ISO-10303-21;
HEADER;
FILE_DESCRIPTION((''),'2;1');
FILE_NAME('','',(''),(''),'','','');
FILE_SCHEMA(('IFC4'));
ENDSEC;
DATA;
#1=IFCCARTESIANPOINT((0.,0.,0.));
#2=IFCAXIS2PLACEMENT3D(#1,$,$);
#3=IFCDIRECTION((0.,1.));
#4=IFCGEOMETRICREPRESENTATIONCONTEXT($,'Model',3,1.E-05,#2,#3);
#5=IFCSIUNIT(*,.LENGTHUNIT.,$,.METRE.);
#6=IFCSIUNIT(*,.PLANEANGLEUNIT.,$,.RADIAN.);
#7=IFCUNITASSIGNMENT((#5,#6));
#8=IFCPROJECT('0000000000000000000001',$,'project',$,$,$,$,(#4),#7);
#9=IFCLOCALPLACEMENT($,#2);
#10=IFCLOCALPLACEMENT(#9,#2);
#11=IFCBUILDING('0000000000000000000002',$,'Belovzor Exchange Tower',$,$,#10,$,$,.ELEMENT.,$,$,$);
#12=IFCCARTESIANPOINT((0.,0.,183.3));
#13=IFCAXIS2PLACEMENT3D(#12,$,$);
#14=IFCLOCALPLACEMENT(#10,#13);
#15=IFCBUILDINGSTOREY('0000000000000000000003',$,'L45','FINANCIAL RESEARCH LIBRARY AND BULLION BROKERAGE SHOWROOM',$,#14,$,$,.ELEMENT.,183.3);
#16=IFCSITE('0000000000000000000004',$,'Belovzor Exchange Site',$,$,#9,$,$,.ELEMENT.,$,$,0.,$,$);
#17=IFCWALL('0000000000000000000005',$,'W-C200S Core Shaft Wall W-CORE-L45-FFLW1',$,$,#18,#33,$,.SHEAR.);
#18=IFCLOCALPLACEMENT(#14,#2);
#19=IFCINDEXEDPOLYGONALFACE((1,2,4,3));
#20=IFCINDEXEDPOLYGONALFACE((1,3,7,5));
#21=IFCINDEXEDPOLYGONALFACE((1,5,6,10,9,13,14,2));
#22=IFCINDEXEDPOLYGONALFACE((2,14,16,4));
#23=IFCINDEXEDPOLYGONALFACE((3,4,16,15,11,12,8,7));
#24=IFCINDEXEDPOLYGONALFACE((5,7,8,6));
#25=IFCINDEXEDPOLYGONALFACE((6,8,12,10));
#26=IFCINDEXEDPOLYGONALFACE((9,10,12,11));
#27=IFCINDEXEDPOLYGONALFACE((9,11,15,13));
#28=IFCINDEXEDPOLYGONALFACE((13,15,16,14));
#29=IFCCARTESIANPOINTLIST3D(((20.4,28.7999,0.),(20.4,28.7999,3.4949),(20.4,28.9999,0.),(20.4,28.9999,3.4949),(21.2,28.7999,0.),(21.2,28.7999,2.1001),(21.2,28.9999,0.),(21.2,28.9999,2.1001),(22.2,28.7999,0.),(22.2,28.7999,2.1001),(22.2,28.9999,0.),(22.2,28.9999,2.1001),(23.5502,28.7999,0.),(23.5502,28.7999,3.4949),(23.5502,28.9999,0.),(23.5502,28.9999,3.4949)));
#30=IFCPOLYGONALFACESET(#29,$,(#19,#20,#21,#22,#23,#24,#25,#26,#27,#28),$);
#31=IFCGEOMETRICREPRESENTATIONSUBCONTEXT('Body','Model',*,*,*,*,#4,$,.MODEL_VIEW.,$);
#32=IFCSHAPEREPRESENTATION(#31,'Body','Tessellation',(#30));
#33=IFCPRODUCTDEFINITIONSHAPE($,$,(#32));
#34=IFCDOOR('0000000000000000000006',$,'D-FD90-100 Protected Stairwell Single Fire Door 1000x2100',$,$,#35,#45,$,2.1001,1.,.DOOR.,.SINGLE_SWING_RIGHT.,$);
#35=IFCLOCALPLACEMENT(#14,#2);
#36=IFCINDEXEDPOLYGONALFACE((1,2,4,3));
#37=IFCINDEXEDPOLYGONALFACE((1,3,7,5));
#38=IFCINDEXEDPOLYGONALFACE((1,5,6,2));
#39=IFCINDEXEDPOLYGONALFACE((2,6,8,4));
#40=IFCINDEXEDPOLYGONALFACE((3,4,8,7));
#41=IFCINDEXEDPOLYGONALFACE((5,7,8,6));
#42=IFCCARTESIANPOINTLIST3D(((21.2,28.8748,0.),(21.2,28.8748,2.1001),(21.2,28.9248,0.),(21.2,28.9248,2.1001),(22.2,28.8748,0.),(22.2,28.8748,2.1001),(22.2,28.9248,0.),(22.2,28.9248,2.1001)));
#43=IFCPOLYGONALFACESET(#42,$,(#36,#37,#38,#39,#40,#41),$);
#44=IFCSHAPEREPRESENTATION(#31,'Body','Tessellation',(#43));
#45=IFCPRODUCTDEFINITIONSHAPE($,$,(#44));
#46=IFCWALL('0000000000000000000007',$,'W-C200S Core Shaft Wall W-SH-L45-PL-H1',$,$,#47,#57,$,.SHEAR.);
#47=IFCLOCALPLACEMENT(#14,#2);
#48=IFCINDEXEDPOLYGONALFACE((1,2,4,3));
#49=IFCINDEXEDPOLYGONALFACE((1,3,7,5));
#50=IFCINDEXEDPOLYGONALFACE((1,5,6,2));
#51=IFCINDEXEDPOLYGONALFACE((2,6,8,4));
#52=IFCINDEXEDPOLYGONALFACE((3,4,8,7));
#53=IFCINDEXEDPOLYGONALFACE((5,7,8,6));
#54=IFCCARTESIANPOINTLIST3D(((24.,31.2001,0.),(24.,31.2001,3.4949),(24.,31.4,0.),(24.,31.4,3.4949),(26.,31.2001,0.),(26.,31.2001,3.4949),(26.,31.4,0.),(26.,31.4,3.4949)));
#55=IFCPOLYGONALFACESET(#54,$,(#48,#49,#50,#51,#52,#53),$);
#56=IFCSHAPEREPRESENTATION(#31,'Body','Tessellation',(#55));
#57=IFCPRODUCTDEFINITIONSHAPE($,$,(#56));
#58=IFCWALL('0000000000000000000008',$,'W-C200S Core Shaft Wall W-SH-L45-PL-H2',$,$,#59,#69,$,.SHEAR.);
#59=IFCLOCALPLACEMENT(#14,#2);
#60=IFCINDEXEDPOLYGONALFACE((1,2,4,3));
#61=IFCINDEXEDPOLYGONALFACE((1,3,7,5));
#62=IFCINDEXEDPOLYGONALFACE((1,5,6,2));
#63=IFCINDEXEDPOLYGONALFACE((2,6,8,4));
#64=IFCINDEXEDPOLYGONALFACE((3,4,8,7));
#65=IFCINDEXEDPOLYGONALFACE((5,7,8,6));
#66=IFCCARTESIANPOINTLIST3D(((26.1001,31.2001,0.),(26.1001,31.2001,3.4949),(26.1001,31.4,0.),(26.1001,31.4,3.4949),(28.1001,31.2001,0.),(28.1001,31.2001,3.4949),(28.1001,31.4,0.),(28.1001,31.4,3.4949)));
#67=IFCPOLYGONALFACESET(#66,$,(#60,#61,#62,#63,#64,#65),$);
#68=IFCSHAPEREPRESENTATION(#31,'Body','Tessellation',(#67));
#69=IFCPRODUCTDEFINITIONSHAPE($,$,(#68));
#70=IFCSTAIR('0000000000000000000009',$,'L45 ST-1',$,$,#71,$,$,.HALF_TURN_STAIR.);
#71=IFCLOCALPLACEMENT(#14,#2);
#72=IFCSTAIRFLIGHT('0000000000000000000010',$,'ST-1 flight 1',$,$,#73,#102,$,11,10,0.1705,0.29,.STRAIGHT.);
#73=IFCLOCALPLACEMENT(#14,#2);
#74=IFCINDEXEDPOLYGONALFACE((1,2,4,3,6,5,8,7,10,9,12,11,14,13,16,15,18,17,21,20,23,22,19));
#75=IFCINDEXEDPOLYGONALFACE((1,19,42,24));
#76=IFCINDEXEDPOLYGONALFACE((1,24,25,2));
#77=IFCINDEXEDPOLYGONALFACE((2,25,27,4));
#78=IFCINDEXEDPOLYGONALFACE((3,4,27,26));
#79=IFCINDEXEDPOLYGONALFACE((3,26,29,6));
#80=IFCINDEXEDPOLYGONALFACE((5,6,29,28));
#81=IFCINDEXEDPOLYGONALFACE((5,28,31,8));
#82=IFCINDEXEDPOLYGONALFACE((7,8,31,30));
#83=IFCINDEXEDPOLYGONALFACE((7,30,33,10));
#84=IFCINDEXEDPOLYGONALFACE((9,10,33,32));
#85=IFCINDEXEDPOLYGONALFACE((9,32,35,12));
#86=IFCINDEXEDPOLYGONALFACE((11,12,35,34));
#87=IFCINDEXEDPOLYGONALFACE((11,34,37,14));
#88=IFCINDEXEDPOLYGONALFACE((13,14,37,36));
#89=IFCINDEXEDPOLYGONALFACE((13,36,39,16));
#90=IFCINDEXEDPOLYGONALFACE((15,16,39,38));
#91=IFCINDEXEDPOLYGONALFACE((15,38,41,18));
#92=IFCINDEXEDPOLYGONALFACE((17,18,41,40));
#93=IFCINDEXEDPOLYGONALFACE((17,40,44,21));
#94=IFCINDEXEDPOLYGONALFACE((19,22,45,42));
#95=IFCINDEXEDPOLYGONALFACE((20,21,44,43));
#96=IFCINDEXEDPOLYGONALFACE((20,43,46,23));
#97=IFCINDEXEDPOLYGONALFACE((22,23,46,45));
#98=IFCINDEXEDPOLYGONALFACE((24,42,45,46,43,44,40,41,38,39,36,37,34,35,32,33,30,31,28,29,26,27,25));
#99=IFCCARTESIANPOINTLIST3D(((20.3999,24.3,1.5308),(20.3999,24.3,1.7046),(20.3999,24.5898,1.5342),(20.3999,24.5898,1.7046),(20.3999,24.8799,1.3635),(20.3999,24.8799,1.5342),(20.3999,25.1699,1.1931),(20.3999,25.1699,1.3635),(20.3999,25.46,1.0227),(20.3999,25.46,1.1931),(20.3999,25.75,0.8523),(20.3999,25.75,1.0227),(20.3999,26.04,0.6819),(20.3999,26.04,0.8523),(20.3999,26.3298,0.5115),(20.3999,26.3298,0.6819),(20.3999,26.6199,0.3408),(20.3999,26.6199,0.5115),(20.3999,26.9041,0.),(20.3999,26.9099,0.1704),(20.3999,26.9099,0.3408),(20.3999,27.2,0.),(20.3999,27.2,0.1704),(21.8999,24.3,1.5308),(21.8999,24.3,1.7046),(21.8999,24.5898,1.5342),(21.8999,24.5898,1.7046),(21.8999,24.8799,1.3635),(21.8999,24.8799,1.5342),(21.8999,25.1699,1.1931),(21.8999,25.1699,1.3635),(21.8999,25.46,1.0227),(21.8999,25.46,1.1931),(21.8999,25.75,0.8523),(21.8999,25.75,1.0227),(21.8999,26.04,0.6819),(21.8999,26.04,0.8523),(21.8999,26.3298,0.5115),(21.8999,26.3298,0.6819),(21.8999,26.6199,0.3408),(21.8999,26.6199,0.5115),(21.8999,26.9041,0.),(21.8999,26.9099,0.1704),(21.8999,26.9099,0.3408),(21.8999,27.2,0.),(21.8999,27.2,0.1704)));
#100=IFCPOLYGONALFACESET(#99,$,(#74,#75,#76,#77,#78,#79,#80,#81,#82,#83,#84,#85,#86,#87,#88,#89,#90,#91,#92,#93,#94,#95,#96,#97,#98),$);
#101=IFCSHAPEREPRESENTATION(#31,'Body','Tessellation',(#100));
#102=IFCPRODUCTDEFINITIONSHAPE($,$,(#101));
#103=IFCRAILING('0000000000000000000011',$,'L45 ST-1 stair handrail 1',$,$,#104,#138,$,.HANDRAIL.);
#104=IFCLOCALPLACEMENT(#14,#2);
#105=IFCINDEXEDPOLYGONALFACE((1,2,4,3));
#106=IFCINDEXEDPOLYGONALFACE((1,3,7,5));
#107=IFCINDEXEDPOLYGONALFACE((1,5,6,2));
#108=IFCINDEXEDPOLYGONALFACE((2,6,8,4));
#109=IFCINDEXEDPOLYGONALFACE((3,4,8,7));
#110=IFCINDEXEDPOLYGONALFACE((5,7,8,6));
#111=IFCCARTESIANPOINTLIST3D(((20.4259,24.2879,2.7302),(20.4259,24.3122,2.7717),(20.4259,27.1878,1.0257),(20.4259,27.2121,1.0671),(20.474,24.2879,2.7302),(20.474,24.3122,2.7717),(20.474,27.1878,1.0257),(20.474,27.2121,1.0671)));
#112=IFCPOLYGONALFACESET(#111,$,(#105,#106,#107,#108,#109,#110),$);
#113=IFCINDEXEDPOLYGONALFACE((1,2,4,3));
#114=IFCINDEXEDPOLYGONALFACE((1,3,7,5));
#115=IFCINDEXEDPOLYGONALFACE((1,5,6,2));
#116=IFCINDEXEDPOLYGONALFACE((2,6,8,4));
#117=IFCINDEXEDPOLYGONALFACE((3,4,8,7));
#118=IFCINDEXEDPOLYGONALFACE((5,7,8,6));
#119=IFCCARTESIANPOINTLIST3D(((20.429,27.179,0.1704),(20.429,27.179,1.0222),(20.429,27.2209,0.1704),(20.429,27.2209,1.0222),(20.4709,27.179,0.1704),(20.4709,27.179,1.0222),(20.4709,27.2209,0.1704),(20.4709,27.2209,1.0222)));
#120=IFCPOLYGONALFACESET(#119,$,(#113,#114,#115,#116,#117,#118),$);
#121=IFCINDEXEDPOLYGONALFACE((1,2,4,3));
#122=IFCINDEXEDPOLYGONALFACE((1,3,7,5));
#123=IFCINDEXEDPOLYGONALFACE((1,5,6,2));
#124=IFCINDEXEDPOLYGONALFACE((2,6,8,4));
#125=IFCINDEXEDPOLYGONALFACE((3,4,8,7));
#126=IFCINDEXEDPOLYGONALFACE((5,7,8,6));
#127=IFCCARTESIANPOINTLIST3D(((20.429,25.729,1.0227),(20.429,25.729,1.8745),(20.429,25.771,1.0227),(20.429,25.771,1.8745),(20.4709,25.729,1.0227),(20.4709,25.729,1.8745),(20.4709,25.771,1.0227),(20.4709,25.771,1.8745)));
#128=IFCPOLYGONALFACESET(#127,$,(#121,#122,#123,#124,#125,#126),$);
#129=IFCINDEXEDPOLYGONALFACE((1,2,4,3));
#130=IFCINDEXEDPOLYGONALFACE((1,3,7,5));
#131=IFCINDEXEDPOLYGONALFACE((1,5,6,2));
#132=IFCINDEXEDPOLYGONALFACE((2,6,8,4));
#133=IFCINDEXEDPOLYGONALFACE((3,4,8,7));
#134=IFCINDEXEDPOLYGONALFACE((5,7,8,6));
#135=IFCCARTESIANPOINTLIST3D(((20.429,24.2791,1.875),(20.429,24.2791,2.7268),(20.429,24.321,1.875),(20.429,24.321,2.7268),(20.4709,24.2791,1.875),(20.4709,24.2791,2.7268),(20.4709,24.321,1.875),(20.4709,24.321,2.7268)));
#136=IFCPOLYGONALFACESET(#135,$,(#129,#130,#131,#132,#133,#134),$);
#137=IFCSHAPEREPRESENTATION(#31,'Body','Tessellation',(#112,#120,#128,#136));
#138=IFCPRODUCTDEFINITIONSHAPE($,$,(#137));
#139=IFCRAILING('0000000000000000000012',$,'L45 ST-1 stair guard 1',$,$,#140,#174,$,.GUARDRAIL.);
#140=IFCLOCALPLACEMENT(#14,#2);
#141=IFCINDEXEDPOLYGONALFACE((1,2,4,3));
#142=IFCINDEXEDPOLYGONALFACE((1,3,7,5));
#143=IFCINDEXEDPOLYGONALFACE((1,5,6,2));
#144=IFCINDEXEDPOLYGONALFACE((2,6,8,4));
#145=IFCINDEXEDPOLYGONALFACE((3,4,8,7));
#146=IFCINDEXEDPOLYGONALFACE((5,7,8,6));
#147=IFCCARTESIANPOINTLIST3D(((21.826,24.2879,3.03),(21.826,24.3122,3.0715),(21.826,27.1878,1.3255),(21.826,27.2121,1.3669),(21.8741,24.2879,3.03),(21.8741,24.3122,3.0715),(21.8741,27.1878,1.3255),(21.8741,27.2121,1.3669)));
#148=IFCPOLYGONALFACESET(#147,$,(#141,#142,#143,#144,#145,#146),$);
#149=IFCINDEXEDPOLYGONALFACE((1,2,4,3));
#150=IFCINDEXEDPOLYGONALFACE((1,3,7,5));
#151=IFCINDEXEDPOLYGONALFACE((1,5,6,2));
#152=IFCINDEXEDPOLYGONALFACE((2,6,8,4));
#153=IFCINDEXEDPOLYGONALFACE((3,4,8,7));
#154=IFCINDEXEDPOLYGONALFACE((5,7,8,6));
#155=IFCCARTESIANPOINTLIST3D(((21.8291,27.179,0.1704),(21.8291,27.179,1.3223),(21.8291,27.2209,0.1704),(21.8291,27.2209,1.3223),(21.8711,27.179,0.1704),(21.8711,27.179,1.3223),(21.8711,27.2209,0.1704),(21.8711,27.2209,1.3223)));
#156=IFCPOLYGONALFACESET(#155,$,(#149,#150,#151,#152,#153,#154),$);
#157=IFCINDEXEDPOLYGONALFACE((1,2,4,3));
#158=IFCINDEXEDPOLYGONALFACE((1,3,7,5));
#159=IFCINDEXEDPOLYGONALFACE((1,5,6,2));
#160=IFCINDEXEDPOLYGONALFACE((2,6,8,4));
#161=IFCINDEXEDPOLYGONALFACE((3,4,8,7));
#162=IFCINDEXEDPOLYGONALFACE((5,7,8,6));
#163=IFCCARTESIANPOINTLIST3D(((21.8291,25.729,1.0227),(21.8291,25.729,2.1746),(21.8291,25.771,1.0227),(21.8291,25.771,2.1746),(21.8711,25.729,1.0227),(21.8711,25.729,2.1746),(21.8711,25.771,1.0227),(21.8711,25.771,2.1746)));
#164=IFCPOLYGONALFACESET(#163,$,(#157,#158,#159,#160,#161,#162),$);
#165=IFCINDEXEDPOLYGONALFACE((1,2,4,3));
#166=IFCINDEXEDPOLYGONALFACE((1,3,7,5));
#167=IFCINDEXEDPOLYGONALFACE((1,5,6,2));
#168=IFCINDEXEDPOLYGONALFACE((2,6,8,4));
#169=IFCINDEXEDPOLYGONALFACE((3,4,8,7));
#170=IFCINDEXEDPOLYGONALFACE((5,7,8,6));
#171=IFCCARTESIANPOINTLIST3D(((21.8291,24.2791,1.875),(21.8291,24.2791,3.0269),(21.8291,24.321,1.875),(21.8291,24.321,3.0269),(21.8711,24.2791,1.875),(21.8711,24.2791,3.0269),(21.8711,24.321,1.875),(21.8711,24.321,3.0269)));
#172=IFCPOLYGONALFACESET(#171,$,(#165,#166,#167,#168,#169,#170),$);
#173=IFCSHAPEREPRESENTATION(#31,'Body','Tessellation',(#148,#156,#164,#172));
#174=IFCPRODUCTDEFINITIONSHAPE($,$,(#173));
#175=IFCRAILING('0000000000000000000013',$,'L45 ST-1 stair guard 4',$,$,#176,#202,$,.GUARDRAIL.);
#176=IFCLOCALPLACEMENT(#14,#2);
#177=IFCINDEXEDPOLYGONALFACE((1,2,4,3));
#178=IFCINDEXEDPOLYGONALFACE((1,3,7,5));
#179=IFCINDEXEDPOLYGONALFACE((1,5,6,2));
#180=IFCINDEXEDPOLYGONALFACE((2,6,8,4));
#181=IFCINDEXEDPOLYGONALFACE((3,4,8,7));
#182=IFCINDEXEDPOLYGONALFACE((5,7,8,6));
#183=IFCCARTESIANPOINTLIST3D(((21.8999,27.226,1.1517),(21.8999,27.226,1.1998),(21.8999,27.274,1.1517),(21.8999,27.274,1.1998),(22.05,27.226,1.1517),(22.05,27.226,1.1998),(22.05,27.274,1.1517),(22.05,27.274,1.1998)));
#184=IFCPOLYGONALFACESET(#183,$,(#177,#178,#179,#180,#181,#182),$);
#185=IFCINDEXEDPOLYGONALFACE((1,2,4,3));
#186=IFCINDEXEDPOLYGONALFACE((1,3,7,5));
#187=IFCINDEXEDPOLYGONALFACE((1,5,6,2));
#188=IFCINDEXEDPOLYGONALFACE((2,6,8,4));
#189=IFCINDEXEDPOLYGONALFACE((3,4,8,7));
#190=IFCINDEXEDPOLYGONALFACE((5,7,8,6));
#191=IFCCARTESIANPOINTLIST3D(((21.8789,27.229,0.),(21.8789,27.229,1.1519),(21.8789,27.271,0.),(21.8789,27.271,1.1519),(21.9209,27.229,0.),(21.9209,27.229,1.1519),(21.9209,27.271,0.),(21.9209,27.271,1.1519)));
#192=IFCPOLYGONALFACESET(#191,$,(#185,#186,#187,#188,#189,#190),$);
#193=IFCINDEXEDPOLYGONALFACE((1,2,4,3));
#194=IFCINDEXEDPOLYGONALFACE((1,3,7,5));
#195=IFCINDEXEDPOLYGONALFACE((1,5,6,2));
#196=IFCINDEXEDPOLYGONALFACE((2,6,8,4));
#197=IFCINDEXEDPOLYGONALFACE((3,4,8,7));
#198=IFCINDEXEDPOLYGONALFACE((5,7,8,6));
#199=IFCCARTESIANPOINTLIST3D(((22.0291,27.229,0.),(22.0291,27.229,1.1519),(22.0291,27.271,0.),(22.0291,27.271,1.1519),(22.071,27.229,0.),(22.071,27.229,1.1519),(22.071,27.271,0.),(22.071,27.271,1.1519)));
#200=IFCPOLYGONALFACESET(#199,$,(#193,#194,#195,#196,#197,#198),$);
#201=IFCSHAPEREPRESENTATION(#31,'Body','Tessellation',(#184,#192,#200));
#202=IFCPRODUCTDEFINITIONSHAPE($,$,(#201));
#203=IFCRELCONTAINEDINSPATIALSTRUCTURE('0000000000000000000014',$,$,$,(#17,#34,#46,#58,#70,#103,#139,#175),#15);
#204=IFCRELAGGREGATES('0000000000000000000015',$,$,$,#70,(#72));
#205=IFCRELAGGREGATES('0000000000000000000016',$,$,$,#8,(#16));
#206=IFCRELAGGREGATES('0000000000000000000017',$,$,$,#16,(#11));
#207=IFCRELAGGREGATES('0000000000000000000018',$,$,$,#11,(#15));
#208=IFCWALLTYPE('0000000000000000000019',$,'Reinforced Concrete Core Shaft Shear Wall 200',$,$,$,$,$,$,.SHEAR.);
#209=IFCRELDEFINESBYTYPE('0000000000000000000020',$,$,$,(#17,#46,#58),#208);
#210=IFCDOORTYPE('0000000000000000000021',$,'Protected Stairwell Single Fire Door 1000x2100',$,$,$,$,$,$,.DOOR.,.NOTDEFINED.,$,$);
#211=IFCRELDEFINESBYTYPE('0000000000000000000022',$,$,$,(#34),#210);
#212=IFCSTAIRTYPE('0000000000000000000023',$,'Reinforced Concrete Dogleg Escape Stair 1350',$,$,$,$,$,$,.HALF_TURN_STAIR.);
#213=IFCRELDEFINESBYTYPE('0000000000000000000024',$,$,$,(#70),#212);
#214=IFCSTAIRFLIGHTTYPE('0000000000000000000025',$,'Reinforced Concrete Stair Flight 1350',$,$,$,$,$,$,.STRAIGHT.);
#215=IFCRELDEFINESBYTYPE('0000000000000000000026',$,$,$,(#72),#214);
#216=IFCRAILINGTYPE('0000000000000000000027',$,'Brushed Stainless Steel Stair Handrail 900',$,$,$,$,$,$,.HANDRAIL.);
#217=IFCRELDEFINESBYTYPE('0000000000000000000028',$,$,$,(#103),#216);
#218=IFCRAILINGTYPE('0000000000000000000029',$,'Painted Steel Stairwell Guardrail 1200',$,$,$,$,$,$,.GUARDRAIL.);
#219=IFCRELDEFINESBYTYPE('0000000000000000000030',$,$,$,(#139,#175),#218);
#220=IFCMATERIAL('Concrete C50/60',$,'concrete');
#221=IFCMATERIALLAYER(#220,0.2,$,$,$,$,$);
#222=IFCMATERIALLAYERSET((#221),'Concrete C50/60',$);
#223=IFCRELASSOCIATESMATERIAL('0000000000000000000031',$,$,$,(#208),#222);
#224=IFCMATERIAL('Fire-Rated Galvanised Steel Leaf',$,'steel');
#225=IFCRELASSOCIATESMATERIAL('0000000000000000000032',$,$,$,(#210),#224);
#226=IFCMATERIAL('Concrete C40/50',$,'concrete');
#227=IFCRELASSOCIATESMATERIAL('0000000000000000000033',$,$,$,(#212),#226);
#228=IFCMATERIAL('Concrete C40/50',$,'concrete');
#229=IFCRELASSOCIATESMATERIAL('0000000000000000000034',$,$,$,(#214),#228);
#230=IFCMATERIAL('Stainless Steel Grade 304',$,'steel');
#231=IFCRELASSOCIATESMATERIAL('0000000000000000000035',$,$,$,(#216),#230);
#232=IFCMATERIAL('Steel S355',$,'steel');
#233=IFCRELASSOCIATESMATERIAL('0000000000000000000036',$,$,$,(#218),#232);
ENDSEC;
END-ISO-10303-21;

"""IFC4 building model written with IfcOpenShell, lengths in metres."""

from ifc_helpers import new_model, si_unit, direction, frame, frame_2d, origin, origin_2d, place, context, subcontext, project, spatial, polyline, rectangle, outline, extrude, material, layer, layer_set, type_object, element, fill, aggregate, save


model = new_model("IFC4")

# Units and contexts
model_context = context("Model", 3, precision=1e-05, world=origin(), true_north=direction((0.0, 1.0)))
body_context = subcontext(model_context, "Body", "Model", "MODEL_VIEW")
ifc_project = project(units=[si_unit("LENGTHUNIT", "METRE"), si_unit("PLANEANGLEUNIT", "RADIAN")], contexts=[model_context])

# Site, building, storey
site_placement = place(None, origin())
site = spatial("IfcSite", under=ifc_project, at=site_placement, Name="Belovzor Exchange Site", CompositionType="ELEMENT", RefElevation=0.0)
building_placement = place(site_placement, origin())
building = spatial("IfcBuilding", under=site, at=building_placement, Name="Belovzor Exchange Tower", CompositionType="ELEMENT")
storey_placement = place(building_placement, frame((0.0, 0.0, 183.3)))
storey = spatial("IfcBuildingStorey", under=building, at=storey_placement, Name="L45", Description="FINANCIAL RESEARCH LIBRARY AND BULLION BROKERAGE SHOWROOM", CompositionType="ELEMENT", Elevation=183.3)

# Wall, opening, door
ifc_material_1 = material(Name="Concrete C50/60", Category="concrete")
ifc_layer_1 = layer(ifc_material_1, 0.2)
ifc_layer_set_1 = layer_set([ifc_layer_1], Name="Concrete C50/60")
wall_type_1 = type_object("IfcWallType", Name="Reinforced Concrete Core Shaft Shear Wall 200", PredefinedType="SHEAR", material=ifc_layer_set_1)
wall_1_placement = place(storey_placement, frame((20.3999, 28.8999, 0.0), z_axis=(0.0, 0.0, 1.0), x_axis=(1.0, 0.0, 0.0)))
wall_1 = element("IfcWall", 1, at=wall_1_placement, inside=storey, type_object=wall_type_1, Name="W-C200S Core Shaft Wall W-CORE-L45-FFLW1", PredefinedType="SHEAR", context=body_context, shape_type="SweptSolid", body=[
    extrude(rectangle(XDim=3.1501, YDim=0.2, at=frame_2d((1.5752, 0.0))), origin(), (0.0, 0.0, 1.0), 3.4949),
])
opening_1_placement = place(wall_1_placement, frame((0.8, 0.0, 0.0)))
opening_1 = element("IfcOpeningElement", 2, at=opening_1_placement, cuts=wall_1, PredefinedType="OPENING", context=body_context, shape_type="SweptSolid", body=[
    extrude(rectangle(XDim=1.0, YDim=2.1001, at=frame_2d((0.5, 1.05))), frame((0.0, 0.1099, 0.0), z_axis=(0.0, -1.0, 0.0), x_axis=(1.0, 0.0, 0.0)), (0.0, 0.0, 1.0), 0.22),
])
ifc_material_2 = material(Name="Fire-Rated Galvanised Steel Leaf", Category="steel")
door_type_1 = type_object("IfcDoorType", Name="Protected Stairwell Single Fire Door 1000x2100", OperationType="NOTDEFINED", PredefinedType="DOOR", material=ifc_material_2)
door_1_placement = place(opening_1_placement, origin())
door_1 = element("IfcDoor", 3, at=door_1_placement, inside=storey, type_object=door_type_1, Name="D-FD90-100 Protected Stairwell Single Fire Door 1000x2100", OperationType="SINGLE_SWING_RIGHT", OverallHeight=2.1001, OverallWidth=1.0, PredefinedType="DOOR", context=body_context, shape_type="SweptSolid", body=[
    extrude(rectangle(XDim=1.0, YDim=2.1001, at=frame_2d((0.5, 1.05))), frame((0.0, 0.0249, 0.0), z_axis=(0.0, -1.0, 0.0), x_axis=(1.0, 0.0, 0.0)), (0.0, 0.0, 1.0), 0.05),
])
fill(opening_1, door_1)

# Walls
for number, where, z_axis, x_axis, name in (
    (4, (24.0, 31.3, 0.0), (0.0, 0.0, 1.0), (1.0, 0.0, 0.0), "W-C200S Core Shaft Wall W-SH-L45-PL-H1"),
    (5, (26.1001, 31.3, 0.0), (0.0, 0.0, 1.0), (1.0, 0.0, 0.0), "W-C200S Core Shaft Wall W-SH-L45-PL-H2"),
):
    element("IfcWall", number, at=place(storey_placement, frame(where, z_axis=z_axis, x_axis=x_axis)), inside=storey, type_object=wall_type_1, Name=name, PredefinedType="SHEAR", context=body_context, shape_type="SweptSolid", body=[
        extrude(rectangle(XDim=2.0, YDim=0.2, at=frame_2d((1.0, 0.0))), origin(), (0.0, 0.0, 1.0), 3.4949),
    ])

# Stair, stair flight
ifc_material_3 = material(Name="Concrete C40/50", Category="concrete")
stair_type = type_object("IfcStairType", Name="Reinforced Concrete Dogleg Escape Stair 1350", PredefinedType="HALF_TURN_STAIR", material=ifc_material_3)
stair_placement = place(storey_placement, origin())
stair = element("IfcStair", 6, at=stair_placement, inside=storey, type_object=stair_type, Name="L45 ST-1", PredefinedType="HALF_TURN_STAIR")
ifc_material_4 = material(Name="Concrete C40/50", Category="concrete")
stair_flight_type = type_object("IfcStairFlightType", Name="Reinforced Concrete Stair Flight 1350", PredefinedType="STRAIGHT", material=ifc_material_4)
stair_flight_placement = place(storey_placement, frame((21.1499, 27.2, 0.0), z_axis=(0.0, 0.0, 1.0), x_axis=(0.0, -1.0, 0.0)))
stair_flight = element("IfcStairFlight", 7, at=stair_flight_placement, type_object=stair_flight_type, Name="ST-1 flight 1", NumberOfRisers=11, NumberOfTreads=10, PredefinedType="STRAIGHT", RiserHeight=0.1705, TreadLength=0.29, context=body_context, shape_type="SweptSolid", body=[
    extrude(outline(polyline([(0.0, 0.0), (0.0, 0.1704), (0.29, 0.1704), (0.29, 0.3408), (0.5801, 0.3408), (0.5801, 0.5115), (0.8701, 0.5115), (0.8701, 0.6819), (1.1599, 0.6819), (1.1599, 0.8523), (1.45, 0.8523), (1.45, 1.0227), (1.74, 1.0227), (1.74, 1.1931), (2.03, 1.1931), (2.03, 1.3635), (2.3201, 1.3635), (2.3201, 1.5342), (2.6101, 1.5342), (2.6101, 1.7046), (2.8999, 1.7046), (2.8999, 1.875), (2.8999, 1.5308), (0.2959, 0.0), (0.0, 0.0)])), frame((0.0, 0.75, 0.0), z_axis=(0.0, -1.0, 0.0), x_axis=(1.0, 0.0, 0.0)), (0.0, 0.0, 1.0), 1.5),
])
aggregate(stair, [stair_flight])

# Railings
ifc_material_5 = material(Name="Stainless Steel Grade 304", Category="steel")
railing_type_1 = type_object("IfcRailingType", Name="Brushed Stainless Steel Stair Handrail 900", PredefinedType="HANDRAIL", material=ifc_material_5)
railing_1_placement = place(storey_placement, frame((20.45, 27.2, 0.1704)))
element("IfcRailing", 8, at=railing_1_placement, inside=storey, type_object=railing_type_1, Name="L45 ST-1 stair handrail 1", PredefinedType="HANDRAIL", context=body_context, shape_type="SweptSolid", body=[
    extrude(rectangle(XDim=0.0481, YDim=0.0481, at=origin_2d()), frame((0.0, 0.0, 0.876), z_axis=(0.0, -0.862095, 0.506747), x_axis=(1.0, 0.0, 0.0)), (0.0, 0.0, 1.0), 3.3638),
    extrude(rectangle(XDim=0.042, YDim=0.042, at=origin_2d()), origin(), (0.0, 0.0, 1.0), 0.8518),
    extrude(rectangle(XDim=0.042, YDim=0.042, at=origin_2d()), frame((0.0, -1.45, 0.8523)), (0.0, 0.0, 1.0), 0.8518),
    extrude(rectangle(XDim=0.042, YDim=0.042, at=origin_2d()), frame((0.0, -2.8999, 1.7046)), (0.0, 0.0, 1.0), 0.8518),
])
ifc_material_6 = material(Name="Steel S355", Category="steel")
railing_type_2 = type_object("IfcRailingType", Name="Painted Steel Stairwell Guardrail 1200", PredefinedType="GUARDRAIL", material=ifc_material_6)
railing_2_placement = place(storey_placement, frame((21.8501, 27.2, 0.1704)))
element("IfcRailing", 9, at=railing_2_placement, inside=storey, type_object=railing_type_2, Name="L45 ST-1 stair guard 1", PredefinedType="GUARDRAIL", context=body_context, shape_type="SweptSolid", body=[
    extrude(rectangle(XDim=0.0481, YDim=0.0481, at=origin_2d()), frame((0.0, 0.0, 1.1758), z_axis=(0.0, -0.862095, 0.506747), x_axis=(1.0, 0.0, 0.0)), (0.0, 0.0, 1.0), 3.3638),
    extrude(rectangle(XDim=0.042, YDim=0.042, at=origin_2d()), origin(), (0.0, 0.0, 1.0), 1.1519),
    extrude(rectangle(XDim=0.042, YDim=0.042, at=origin_2d()), frame((0.0, -1.45, 0.8523)), (0.0, 0.0, 1.0), 1.1519),
    extrude(rectangle(XDim=0.042, YDim=0.042, at=origin_2d()), frame((0.0, -2.8999, 1.7046)), (0.0, 0.0, 1.0), 1.1519),
])
railing_3_placement = place(storey_placement, frame((21.8999, 27.25, 0.0)))
element("IfcRailing", 10, at=railing_3_placement, inside=storey, type_object=railing_type_2, Name="L45 ST-1 stair guard 4", PredefinedType="GUARDRAIL", context=body_context, shape_type="SweptSolid", body=[
    extrude(rectangle(XDim=0.0481, YDim=0.0481, at=origin_2d()), frame((0.0, 0.0, 1.1758), z_axis=(1.0, 0.0, 0.0), x_axis=(0.0, 1.0, 0.0)), (0.0, 0.0, 1.0), 0.1501),
    extrude(rectangle(XDim=0.042, YDim=0.042, at=origin_2d()), origin(), (0.0, 0.0, 1.0), 1.1519),
    extrude(rectangle(XDim=0.042, YDim=0.042, at=origin_2d()), frame((0.1501, 0.0, 0.0)), (0.0, 0.0, 1.0), 1.1519),
])

save(model, "model.ifc")
